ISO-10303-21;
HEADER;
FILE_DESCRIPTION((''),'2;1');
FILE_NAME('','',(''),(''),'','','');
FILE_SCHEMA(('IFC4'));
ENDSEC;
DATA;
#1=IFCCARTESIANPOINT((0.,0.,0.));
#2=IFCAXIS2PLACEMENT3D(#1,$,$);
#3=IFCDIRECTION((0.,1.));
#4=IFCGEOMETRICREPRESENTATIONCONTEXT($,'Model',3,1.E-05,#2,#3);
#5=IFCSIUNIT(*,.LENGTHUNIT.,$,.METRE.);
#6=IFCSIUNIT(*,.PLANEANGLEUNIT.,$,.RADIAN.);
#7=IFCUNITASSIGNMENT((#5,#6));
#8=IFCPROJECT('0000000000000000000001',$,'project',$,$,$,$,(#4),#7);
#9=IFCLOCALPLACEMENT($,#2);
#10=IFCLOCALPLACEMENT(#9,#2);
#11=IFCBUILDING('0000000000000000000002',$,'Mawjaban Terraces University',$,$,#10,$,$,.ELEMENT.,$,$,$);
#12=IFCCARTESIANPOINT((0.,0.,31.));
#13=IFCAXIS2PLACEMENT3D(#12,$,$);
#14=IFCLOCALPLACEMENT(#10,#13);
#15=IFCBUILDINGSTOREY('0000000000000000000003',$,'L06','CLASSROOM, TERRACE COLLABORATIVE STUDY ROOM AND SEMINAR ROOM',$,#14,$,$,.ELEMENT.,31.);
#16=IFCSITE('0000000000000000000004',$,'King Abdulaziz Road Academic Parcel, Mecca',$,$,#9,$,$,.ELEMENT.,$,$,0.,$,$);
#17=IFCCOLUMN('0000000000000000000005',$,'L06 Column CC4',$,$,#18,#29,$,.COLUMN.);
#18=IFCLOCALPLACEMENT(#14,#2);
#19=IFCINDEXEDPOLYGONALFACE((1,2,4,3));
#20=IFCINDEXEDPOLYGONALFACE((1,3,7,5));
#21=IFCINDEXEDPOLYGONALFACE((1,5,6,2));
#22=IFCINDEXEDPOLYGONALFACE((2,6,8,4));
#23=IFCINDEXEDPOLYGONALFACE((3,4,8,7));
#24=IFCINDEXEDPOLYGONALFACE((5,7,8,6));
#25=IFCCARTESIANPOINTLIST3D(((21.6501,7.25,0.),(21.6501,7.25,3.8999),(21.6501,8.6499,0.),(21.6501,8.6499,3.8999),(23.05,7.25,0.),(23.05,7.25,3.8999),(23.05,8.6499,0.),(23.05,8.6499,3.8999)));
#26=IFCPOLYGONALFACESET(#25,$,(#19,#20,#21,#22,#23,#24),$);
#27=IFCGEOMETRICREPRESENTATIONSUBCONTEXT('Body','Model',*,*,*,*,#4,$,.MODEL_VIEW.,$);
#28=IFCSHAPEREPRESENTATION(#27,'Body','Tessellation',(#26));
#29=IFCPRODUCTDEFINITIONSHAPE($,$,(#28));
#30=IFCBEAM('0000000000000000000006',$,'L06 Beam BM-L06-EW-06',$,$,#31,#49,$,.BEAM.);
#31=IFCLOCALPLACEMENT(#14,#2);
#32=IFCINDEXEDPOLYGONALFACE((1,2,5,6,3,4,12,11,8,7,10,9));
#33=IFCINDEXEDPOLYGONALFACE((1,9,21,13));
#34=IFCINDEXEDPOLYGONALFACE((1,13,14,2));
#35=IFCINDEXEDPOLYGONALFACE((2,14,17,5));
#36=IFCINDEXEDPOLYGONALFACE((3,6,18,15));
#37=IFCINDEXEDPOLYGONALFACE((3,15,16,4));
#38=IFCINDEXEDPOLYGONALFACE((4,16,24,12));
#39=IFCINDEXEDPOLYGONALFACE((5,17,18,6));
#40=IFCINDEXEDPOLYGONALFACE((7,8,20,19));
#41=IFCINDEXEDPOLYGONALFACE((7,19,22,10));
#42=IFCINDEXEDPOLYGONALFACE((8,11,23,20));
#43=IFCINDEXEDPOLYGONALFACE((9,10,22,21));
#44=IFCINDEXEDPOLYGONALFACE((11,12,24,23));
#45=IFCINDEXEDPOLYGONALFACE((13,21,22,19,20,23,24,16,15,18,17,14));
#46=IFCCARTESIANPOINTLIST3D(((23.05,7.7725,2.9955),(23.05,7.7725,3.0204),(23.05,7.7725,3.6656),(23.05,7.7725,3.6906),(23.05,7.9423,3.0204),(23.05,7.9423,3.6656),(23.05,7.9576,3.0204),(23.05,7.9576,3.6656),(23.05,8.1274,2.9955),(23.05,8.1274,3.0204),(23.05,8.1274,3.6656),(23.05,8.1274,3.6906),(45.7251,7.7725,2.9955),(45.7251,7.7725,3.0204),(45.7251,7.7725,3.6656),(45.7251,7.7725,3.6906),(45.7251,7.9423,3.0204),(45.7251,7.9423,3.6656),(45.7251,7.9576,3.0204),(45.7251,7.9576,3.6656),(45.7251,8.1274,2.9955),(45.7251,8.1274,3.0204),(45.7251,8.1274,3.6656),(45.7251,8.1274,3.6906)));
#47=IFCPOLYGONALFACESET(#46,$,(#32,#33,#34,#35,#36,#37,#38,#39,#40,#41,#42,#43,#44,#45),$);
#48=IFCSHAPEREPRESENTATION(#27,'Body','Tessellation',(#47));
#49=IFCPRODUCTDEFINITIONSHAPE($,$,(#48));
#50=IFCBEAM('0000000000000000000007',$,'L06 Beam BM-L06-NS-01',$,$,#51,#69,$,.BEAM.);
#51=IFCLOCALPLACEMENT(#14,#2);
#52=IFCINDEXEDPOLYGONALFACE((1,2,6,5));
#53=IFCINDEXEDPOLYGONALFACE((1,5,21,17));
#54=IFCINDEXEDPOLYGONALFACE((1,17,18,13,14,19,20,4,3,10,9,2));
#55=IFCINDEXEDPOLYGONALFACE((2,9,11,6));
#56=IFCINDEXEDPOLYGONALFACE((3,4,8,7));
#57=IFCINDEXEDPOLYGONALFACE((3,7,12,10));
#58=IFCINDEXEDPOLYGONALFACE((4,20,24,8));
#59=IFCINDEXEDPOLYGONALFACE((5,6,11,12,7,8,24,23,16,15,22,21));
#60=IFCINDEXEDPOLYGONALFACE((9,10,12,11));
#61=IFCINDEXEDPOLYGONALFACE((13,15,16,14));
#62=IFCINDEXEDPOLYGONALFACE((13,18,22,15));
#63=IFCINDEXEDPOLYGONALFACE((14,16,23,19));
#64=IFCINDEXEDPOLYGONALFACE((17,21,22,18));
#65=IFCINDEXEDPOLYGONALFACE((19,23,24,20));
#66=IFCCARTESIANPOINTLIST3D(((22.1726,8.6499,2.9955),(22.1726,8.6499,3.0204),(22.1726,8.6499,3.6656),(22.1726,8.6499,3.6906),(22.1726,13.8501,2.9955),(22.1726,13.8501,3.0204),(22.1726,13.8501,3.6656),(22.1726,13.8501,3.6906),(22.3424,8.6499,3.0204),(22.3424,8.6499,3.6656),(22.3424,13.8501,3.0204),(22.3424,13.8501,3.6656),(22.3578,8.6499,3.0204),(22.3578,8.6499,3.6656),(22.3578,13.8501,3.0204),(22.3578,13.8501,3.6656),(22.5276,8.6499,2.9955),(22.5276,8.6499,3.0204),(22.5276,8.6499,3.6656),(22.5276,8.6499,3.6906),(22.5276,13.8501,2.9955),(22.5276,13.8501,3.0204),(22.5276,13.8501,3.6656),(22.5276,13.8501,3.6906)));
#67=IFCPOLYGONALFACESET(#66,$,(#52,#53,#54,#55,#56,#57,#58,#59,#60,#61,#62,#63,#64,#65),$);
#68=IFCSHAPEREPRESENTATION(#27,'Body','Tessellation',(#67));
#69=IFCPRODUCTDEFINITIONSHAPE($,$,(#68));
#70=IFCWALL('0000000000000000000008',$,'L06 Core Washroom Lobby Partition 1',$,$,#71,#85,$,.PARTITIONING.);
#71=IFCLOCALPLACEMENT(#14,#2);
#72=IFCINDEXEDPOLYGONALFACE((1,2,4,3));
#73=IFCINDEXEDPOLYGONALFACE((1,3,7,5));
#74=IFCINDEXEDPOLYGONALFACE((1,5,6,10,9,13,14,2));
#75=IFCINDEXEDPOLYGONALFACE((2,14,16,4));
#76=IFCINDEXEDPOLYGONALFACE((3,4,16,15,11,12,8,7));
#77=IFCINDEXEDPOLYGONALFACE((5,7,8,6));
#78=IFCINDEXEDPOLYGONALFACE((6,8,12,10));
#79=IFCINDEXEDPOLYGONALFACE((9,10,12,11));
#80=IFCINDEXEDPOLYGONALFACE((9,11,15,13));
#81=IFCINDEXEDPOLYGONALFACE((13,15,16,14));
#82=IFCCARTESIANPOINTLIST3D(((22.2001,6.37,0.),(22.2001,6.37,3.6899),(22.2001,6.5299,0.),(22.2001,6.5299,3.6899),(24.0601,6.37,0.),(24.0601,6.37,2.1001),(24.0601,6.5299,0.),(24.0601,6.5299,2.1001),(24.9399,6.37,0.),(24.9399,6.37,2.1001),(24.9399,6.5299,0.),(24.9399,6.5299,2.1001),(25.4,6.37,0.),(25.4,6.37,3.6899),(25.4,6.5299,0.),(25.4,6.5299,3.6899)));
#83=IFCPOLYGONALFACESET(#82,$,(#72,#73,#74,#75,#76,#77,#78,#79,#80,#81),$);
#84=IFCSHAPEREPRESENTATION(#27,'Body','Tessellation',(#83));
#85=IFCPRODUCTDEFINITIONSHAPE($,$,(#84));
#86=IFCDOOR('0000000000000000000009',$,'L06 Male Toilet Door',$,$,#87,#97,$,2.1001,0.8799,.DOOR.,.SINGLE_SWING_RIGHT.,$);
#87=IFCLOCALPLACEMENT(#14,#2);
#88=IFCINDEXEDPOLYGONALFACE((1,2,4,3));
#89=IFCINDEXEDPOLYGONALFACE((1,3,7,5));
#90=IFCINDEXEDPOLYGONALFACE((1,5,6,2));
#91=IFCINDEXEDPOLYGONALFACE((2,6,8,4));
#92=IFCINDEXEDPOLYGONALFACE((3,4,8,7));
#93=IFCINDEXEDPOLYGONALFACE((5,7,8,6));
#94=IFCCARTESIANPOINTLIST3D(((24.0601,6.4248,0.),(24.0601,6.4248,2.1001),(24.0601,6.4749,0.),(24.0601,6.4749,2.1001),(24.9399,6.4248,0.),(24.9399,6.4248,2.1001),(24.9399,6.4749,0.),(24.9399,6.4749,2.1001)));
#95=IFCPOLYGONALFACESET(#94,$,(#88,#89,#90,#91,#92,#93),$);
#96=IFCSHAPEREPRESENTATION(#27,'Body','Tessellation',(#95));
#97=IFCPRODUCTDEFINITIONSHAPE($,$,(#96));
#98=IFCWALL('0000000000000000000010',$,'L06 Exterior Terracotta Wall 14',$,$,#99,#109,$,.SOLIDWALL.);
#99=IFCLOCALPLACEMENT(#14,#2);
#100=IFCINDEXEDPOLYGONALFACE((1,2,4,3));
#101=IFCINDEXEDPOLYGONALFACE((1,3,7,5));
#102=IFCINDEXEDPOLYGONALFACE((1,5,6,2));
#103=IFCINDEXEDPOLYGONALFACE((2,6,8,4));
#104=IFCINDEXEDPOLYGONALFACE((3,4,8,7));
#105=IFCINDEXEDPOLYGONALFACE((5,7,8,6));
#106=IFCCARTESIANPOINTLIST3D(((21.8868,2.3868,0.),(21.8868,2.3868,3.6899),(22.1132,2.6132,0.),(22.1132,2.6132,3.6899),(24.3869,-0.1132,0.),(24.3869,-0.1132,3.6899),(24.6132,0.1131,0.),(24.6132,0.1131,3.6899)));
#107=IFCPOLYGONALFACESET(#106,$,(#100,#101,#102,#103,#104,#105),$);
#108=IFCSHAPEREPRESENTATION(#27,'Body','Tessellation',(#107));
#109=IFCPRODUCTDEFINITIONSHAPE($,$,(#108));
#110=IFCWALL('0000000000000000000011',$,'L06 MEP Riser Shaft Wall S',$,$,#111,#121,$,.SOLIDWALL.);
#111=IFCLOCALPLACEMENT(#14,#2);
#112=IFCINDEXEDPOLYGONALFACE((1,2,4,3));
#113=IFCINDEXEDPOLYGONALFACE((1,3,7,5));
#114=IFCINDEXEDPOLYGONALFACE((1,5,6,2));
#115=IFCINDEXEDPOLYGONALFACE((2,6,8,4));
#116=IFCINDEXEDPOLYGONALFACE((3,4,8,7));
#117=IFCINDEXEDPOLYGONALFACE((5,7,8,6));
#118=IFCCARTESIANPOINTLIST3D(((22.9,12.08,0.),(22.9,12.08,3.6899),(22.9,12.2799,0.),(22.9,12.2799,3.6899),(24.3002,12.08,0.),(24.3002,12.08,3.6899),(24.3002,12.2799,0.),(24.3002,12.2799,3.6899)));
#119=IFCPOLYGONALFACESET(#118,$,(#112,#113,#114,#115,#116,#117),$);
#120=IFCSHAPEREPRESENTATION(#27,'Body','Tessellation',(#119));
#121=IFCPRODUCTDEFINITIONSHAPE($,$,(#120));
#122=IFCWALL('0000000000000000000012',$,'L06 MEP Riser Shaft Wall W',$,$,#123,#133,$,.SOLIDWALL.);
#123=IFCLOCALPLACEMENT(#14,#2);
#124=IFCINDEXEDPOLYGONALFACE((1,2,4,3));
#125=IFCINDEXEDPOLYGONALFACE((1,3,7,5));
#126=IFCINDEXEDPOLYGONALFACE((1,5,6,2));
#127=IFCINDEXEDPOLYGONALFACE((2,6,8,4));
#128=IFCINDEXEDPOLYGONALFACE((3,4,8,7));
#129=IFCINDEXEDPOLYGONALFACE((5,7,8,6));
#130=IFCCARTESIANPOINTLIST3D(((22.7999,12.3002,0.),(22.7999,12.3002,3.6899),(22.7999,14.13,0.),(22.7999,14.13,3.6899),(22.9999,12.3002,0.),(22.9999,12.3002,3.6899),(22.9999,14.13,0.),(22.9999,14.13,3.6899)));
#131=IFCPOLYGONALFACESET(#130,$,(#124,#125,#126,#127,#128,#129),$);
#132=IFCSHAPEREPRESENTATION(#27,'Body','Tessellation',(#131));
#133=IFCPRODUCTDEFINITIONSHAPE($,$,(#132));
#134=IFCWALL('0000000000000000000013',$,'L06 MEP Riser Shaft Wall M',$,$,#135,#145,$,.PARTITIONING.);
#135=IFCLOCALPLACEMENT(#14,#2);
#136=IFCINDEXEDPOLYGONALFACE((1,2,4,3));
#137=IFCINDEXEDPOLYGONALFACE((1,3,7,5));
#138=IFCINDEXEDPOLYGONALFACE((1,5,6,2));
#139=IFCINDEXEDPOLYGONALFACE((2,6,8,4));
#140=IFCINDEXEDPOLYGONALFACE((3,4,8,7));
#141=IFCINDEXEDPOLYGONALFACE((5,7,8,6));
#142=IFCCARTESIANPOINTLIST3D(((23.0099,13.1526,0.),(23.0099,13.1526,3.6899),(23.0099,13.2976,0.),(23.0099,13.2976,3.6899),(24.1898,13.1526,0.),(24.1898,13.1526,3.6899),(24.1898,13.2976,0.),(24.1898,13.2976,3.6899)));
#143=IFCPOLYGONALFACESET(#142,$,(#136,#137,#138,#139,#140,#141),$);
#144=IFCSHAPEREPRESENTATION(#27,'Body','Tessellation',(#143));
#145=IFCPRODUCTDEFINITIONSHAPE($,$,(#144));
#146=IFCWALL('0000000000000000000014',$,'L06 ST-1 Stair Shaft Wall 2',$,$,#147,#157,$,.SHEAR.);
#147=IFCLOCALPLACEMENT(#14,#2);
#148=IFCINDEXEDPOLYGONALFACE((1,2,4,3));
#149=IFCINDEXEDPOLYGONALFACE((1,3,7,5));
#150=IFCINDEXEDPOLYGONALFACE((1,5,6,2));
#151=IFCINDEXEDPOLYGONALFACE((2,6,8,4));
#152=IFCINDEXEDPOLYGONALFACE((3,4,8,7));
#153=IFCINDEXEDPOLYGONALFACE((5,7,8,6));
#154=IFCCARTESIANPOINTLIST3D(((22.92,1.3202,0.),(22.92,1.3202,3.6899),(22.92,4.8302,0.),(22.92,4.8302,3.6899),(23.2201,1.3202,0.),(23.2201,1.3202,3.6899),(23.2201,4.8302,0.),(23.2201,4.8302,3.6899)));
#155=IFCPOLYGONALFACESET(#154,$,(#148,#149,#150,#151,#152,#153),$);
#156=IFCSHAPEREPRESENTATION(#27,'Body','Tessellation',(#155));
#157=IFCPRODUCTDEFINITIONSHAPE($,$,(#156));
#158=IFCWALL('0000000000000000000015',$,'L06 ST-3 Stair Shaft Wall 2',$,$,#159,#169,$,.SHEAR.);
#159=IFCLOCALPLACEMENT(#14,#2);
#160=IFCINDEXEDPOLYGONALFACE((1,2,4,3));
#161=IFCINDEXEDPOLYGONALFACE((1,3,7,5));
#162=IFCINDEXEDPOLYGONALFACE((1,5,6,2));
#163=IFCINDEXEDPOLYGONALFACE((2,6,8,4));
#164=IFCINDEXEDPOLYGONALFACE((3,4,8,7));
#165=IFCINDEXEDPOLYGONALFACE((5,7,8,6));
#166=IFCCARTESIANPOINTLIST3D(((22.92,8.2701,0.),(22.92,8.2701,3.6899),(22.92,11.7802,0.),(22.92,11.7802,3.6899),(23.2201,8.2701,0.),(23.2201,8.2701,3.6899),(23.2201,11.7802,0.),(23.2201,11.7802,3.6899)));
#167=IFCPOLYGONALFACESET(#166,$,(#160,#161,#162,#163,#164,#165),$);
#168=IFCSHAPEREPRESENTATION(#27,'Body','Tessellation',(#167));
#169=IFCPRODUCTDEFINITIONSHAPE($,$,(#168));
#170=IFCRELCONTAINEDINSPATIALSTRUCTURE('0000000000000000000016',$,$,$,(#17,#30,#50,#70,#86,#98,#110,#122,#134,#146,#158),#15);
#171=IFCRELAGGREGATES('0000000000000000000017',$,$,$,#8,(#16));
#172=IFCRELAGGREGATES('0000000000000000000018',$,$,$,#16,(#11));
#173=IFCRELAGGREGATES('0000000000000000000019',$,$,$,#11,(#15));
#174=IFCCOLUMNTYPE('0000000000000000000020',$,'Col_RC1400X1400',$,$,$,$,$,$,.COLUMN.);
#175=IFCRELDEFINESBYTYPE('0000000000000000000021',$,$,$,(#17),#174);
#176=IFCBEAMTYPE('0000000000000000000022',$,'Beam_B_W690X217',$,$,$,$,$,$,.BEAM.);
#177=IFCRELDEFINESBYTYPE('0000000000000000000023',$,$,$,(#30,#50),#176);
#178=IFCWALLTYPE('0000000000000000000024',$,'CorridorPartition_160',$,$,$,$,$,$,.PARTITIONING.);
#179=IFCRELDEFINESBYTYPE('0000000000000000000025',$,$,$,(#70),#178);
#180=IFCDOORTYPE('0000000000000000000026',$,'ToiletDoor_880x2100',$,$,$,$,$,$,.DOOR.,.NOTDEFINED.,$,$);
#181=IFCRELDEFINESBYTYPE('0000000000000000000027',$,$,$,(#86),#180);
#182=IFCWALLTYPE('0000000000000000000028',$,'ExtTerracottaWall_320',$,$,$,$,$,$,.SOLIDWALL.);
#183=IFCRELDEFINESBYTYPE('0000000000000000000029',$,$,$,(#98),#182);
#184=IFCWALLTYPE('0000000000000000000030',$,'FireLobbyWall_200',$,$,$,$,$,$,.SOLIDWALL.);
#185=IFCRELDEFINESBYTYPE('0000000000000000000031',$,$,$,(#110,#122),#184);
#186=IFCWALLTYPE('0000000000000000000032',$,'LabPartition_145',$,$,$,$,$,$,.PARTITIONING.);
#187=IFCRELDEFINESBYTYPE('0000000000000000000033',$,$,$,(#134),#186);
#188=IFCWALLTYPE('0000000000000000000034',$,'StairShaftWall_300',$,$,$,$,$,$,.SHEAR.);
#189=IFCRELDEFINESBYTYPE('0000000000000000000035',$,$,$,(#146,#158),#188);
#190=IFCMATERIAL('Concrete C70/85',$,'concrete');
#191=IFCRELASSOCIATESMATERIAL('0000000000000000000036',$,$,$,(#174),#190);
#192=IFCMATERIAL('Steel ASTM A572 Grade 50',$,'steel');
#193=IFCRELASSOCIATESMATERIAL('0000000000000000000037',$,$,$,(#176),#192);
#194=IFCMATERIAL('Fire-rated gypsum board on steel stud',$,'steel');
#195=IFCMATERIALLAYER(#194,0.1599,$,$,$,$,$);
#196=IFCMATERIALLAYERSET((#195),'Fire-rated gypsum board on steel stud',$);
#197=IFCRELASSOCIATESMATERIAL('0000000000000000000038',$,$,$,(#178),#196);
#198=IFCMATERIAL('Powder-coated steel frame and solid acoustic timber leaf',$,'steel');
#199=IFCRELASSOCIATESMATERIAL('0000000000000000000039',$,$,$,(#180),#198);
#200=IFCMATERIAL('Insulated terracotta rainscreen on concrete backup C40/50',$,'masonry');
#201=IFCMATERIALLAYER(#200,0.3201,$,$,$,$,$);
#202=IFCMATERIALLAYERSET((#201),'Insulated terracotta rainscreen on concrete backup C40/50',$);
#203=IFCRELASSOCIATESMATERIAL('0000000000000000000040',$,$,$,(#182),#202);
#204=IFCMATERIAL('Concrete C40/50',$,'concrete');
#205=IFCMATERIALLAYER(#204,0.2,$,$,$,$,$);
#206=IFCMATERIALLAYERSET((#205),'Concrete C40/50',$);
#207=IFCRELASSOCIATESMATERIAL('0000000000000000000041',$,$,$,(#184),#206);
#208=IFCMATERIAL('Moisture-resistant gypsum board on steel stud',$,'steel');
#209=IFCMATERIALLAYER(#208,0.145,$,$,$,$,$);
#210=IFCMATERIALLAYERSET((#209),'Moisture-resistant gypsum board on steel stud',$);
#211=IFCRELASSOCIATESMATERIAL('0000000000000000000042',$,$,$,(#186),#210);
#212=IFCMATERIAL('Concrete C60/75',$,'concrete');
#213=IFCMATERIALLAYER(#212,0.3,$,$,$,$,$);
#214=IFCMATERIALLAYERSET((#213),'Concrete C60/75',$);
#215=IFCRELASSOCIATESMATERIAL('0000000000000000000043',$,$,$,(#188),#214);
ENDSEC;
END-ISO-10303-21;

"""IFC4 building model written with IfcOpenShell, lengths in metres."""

from ifc_helpers import new_model, si_unit, direction, frame, frame_2d, origin, origin_2d, place, context, subcontext, project, spatial, rectangle, i_section, extrude, material, layer, layer_set, material_profile, profile_set, type_object, element, fill, save


model = new_model("IFC4")

# Units and contexts
model_context = context("Model", 3, precision=1e-05, world=origin(), true_north=direction((0.0, 1.0)))
body_context = subcontext(model_context, "Body", "Model", "MODEL_VIEW")
ifc_project = project(units=[si_unit("LENGTHUNIT", "METRE"), si_unit("PLANEANGLEUNIT", "RADIAN")], contexts=[model_context])

# Site, building, storey
site_placement = place(None, origin())
site = spatial("IfcSite", under=ifc_project, at=site_placement, Name="King Abdulaziz Road Academic Parcel, Mecca", CompositionType="ELEMENT", RefElevation=0.0)
building_placement = place(site_placement, origin())
building = spatial("IfcBuilding", under=site, at=building_placement, Name="Mawjaban Terraces University", CompositionType="ELEMENT")
storey_placement = place(building_placement, frame((0.0, 0.0, 31.0)))
storey = spatial("IfcBuildingStorey", under=building, at=storey_placement, Name="L06", Description="CLASSROOM, TERRACE COLLABORATIVE STUDY ROOM AND SEMINAR ROOM", CompositionType="ELEMENT", Elevation=31.0)

# Column
ifc_material_1 = material(Name="Concrete C70/85", Category="concrete")
ifc_material_profile_1 = material_profile(ifc_material_1, rectangle(XDim=1.3999, YDim=1.3999, at=origin_2d()), Name="RC1400X1400")
ifc_profile_set_1 = profile_set([ifc_material_profile_1], Name="Concrete C70/85")
column_type = type_object("IfcColumnType", Name="Col_RC1400X1400", PredefinedType="COLUMN", material=ifc_profile_set_1)
column_placement = place(storey_placement, frame((22.3501, 7.95, 0.0), z_axis=(0.0, 0.0, 1.0), x_axis=(1.0, 0.0, 0.0)))
element("IfcColumn", 1, at=column_placement, inside=storey, type_object=column_type, Name="L06 Column CC4", PredefinedType="COLUMN", context=body_context, shape_type="SweptSolid", body=[
    extrude(rectangle(XDim=1.3999, YDim=1.3999, at=origin_2d()), origin(), (0.0, 0.0, 1.0), 3.8999),
])

# Beams
ifc_material_2 = material(Name="Steel ASTM A572 Grade 50", Category="steel")
ifc_material_profile_2 = material_profile(ifc_material_2, i_section(OverallWidth=0.355, OverallDepth=0.6951, WebThickness=0.0154, FlangeThickness=0.0249, at=origin_2d()), Name="W690X217")
ifc_profile_set_2 = profile_set([ifc_material_profile_2], Name="Steel ASTM A572 Grade 50")
beam_type = type_object("IfcBeamType", Name="Beam_B_W690X217", PredefinedType="BEAM", material=ifc_profile_set_2)
beam_1_placement = place(storey_placement, frame((23.05, 7.95, 3.343), z_axis=(1.0, 0.0, 0.0), x_axis=(0.0, 1.0, 0.0)))
element("IfcBeam", 2, at=beam_1_placement, inside=storey, type_object=beam_type, Name="L06 Beam BM-L06-EW-06", PredefinedType="BEAM", context=body_context, shape_type="SweptSolid", body=[
    extrude(i_section(OverallWidth=0.355, OverallDepth=0.6951, WebThickness=0.0154, FlangeThickness=0.0249, at=origin_2d()), origin(), (0.0, 0.0, 1.0), 22.675),
])
beam_2_placement = place(storey_placement, frame((22.3501, 8.6499, 3.343), z_axis=(0.0, 1.0, 0.0), x_axis=(-1.0, 0.0, 0.0)))
element("IfcBeam", 3, at=beam_2_placement, inside=storey, type_object=beam_type, Name="L06 Beam BM-L06-NS-01", PredefinedType="BEAM", context=body_context, shape_type="SweptSolid", body=[
    extrude(i_section(OverallWidth=0.355, OverallDepth=0.6951, WebThickness=0.0154, FlangeThickness=0.0249, at=origin_2d()), origin(), (0.0, 0.0, 1.0), 5.2002),
])

# Wall, opening, door
ifc_material_3 = material(Name="Fire-rated gypsum board on steel stud", Category="steel")
ifc_layer_1 = layer(ifc_material_3, 0.1599)
ifc_layer_set_1 = layer_set([ifc_layer_1], Name="Fire-rated gypsum board on steel stud")
wall_type_1 = type_object("IfcWallType", Name="CorridorPartition_160", PredefinedType="PARTITIONING", material=ifc_layer_set_1)
wall_1_placement = place(storey_placement, frame((22.2, 6.45, 0.0), z_axis=(0.0, 0.0, 1.0), x_axis=(1.0, 0.0, 0.0)))
wall_1 = element("IfcWall", 4, at=wall_1_placement, inside=storey, type_object=wall_type_1, Name="L06 Core Washroom Lobby Partition 1", PredefinedType="PARTITIONING", context=body_context, shape_type="SweptSolid", body=[
    extrude(rectangle(XDim=3.2, YDim=0.1599, at=frame_2d((1.6001, 0.0))), origin(), (0.0, 0.0, 1.0), 3.6899),
])
opening_placement = place(wall_1_placement, frame((1.8601, 0.0, 0.0)))
opening = element("IfcOpeningElement", 5, at=opening_placement, cuts=wall_1, PredefinedType="OPENING", context=body_context, shape_type="SweptSolid", body=[
    extrude(rectangle(XDim=0.8799, YDim=2.1001, at=frame_2d((0.4399, 1.05))), frame((0.0, 0.0898, 0.0), z_axis=(0.0, -1.0, 0.0), x_axis=(1.0, 0.0, 0.0)), (0.0, 0.0, 1.0), 0.1799),
])
ifc_material_4 = material(Name="Powder-coated steel frame and solid acoustic timber leaf", Category="steel")
door_type = type_object("IfcDoorType", Name="ToiletDoor_880x2100", OperationType="NOTDEFINED", PredefinedType="DOOR", material=ifc_material_4)
door_placement = place(opening_placement, origin())
door = element("IfcDoor", 6, at=door_placement, inside=storey, type_object=door_type, Name="L06 Male Toilet Door", OperationType="SINGLE_SWING_RIGHT", OverallHeight=2.1001, OverallWidth=0.8799, PredefinedType="DOOR", context=body_context, shape_type="SweptSolid", body=[
    extrude(rectangle(XDim=0.8799, YDim=2.1001, at=frame_2d((0.4399, 1.05))), frame((0.0, 0.0249, 0.0), z_axis=(0.0, -1.0, 0.0), x_axis=(1.0, 0.0, 0.0)), (0.0, 0.0, 1.0), 0.05),
])
fill(opening, door)

# Walls
ifc_material_5 = material(Name="Insulated terracotta rainscreen on concrete backup C40/50", Category="masonry")
ifc_layer_2 = layer(ifc_material_5, 0.3201)
ifc_layer_set_2 = layer_set([ifc_layer_2], Name="Insulated terracotta rainscreen on concrete backup C40/50")
wall_type_2 = type_object("IfcWallType", Name="ExtTerracottaWall_320", PredefinedType="SOLIDWALL", material=ifc_layer_set_2)
wall_2_placement = place(storey_placement, frame((22.0, 2.5, 0.0), z_axis=(0.0, 0.0, 1.0), x_axis=(0.707107, -0.707107, 0.0)))
element("IfcWall", 7, at=wall_2_placement, inside=storey, type_object=wall_type_2, Name="L06 Exterior Terracotta Wall 14", PredefinedType="SOLIDWALL", context=body_context, shape_type="SweptSolid", body=[
    extrude(rectangle(XDim=3.5356, YDim=0.3201, at=frame_2d((1.7678, 0.0))), origin(), (0.0, 0.0, 1.0), 3.6899),
])
ifc_material_6 = material(Name="Concrete C40/50", Category="concrete")
ifc_layer_3 = layer(ifc_material_6, 0.2)
ifc_layer_set_3 = layer_set([ifc_layer_3], Name="Concrete C40/50")
wall_type_3 = type_object("IfcWallType", Name="FireLobbyWall_200", PredefinedType="SOLIDWALL", material=ifc_layer_set_3)
wall_3_placement = place(storey_placement, frame((22.8999, 12.1799, 0.0), z_axis=(0.0, 0.0, 1.0), x_axis=(1.0, 0.0, 0.0)))
element("IfcWall", 8, at=wall_3_placement, inside=storey, type_object=wall_type_3, Name="L06 MEP Riser Shaft Wall S", PredefinedType="SOLIDWALL", context=body_context, shape_type="SweptSolid", body=[
    extrude(rectangle(XDim=1.4001, YDim=0.2, at=frame_2d((0.7002, 0.0))), origin(), (0.0, 0.0, 1.0), 3.6899),
])
wall_4_placement = place(storey_placement, frame((22.8999, 12.3, 0.0), z_axis=(0.0, 0.0, 1.0), x_axis=(0.0, 1.0, 0.0)))
element("IfcWall", 9, at=wall_4_placement, inside=storey, type_object=wall_type_3, Name="L06 MEP Riser Shaft Wall W", PredefinedType="SOLIDWALL", context=body_context, shape_type="SweptSolid", body=[
    extrude(rectangle(XDim=1.8298, YDim=0.2, at=frame_2d((0.915, 0.0))), origin(), (0.0, 0.0, 1.0), 3.6899),
])
ifc_material_7 = material(Name="Moisture-resistant gypsum board on steel stud", Category="steel")
ifc_layer_4 = layer(ifc_material_7, 0.145)
ifc_layer_set_4 = layer_set([ifc_layer_4], Name="Moisture-resistant gypsum board on steel stud")
wall_type_4 = type_object("IfcWallType", Name="LabPartition_145", PredefinedType="PARTITIONING", material=ifc_layer_set_4)
wall_5_placement = place(storey_placement, frame((23.01, 13.2251, 0.0), z_axis=(0.0, 0.0, 1.0), x_axis=(1.0, 0.0, 0.0)))
element("IfcWall", 10, at=wall_5_placement, inside=storey, type_object=wall_type_4, Name="L06 MEP Riser Shaft Wall M", PredefinedType="PARTITIONING", context=body_context, shape_type="SweptSolid", body=[
    extrude(rectangle(XDim=1.1799, YDim=0.145, at=frame_2d((0.5898, 0.0))), origin(), (0.0, 0.0, 1.0), 3.6899),
])
ifc_material_8 = material(Name="Concrete C60/75", Category="concrete")
ifc_layer_5 = layer(ifc_material_8, 0.3)
ifc_layer_set_5 = layer_set([ifc_layer_5], Name="Concrete C60/75")
wall_type_5 = type_object("IfcWallType", Name="StairShaftWall_300", PredefinedType="SHEAR", material=ifc_layer_set_5)
for number, where, z_axis, x_axis, name in (
    (11, (23.0701, 4.8301, 0.0), (0.0, 0.0, 1.0), (0.0, -1.0, 0.0), "L06 ST-1 Stair Shaft Wall 2"),
    (12, (23.0701, 11.78, 0.0), (0.0, 0.0, 1.0), (0.0, -1.0, 0.0), "L06 ST-3 Stair Shaft Wall 2"),
):
    element("IfcWall", number, at=place(storey_placement, frame(where, z_axis=z_axis, x_axis=x_axis)), inside=storey, type_object=wall_type_5, Name=name, PredefinedType="SHEAR", context=body_context, shape_type="SweptSolid", body=[
        extrude(rectangle(XDim=3.51, YDim=0.3, at=frame_2d((1.7549, 0.0))), origin(), (0.0, 0.0, 1.0), 3.6899),
    ])

save(model, "model.ifc")
